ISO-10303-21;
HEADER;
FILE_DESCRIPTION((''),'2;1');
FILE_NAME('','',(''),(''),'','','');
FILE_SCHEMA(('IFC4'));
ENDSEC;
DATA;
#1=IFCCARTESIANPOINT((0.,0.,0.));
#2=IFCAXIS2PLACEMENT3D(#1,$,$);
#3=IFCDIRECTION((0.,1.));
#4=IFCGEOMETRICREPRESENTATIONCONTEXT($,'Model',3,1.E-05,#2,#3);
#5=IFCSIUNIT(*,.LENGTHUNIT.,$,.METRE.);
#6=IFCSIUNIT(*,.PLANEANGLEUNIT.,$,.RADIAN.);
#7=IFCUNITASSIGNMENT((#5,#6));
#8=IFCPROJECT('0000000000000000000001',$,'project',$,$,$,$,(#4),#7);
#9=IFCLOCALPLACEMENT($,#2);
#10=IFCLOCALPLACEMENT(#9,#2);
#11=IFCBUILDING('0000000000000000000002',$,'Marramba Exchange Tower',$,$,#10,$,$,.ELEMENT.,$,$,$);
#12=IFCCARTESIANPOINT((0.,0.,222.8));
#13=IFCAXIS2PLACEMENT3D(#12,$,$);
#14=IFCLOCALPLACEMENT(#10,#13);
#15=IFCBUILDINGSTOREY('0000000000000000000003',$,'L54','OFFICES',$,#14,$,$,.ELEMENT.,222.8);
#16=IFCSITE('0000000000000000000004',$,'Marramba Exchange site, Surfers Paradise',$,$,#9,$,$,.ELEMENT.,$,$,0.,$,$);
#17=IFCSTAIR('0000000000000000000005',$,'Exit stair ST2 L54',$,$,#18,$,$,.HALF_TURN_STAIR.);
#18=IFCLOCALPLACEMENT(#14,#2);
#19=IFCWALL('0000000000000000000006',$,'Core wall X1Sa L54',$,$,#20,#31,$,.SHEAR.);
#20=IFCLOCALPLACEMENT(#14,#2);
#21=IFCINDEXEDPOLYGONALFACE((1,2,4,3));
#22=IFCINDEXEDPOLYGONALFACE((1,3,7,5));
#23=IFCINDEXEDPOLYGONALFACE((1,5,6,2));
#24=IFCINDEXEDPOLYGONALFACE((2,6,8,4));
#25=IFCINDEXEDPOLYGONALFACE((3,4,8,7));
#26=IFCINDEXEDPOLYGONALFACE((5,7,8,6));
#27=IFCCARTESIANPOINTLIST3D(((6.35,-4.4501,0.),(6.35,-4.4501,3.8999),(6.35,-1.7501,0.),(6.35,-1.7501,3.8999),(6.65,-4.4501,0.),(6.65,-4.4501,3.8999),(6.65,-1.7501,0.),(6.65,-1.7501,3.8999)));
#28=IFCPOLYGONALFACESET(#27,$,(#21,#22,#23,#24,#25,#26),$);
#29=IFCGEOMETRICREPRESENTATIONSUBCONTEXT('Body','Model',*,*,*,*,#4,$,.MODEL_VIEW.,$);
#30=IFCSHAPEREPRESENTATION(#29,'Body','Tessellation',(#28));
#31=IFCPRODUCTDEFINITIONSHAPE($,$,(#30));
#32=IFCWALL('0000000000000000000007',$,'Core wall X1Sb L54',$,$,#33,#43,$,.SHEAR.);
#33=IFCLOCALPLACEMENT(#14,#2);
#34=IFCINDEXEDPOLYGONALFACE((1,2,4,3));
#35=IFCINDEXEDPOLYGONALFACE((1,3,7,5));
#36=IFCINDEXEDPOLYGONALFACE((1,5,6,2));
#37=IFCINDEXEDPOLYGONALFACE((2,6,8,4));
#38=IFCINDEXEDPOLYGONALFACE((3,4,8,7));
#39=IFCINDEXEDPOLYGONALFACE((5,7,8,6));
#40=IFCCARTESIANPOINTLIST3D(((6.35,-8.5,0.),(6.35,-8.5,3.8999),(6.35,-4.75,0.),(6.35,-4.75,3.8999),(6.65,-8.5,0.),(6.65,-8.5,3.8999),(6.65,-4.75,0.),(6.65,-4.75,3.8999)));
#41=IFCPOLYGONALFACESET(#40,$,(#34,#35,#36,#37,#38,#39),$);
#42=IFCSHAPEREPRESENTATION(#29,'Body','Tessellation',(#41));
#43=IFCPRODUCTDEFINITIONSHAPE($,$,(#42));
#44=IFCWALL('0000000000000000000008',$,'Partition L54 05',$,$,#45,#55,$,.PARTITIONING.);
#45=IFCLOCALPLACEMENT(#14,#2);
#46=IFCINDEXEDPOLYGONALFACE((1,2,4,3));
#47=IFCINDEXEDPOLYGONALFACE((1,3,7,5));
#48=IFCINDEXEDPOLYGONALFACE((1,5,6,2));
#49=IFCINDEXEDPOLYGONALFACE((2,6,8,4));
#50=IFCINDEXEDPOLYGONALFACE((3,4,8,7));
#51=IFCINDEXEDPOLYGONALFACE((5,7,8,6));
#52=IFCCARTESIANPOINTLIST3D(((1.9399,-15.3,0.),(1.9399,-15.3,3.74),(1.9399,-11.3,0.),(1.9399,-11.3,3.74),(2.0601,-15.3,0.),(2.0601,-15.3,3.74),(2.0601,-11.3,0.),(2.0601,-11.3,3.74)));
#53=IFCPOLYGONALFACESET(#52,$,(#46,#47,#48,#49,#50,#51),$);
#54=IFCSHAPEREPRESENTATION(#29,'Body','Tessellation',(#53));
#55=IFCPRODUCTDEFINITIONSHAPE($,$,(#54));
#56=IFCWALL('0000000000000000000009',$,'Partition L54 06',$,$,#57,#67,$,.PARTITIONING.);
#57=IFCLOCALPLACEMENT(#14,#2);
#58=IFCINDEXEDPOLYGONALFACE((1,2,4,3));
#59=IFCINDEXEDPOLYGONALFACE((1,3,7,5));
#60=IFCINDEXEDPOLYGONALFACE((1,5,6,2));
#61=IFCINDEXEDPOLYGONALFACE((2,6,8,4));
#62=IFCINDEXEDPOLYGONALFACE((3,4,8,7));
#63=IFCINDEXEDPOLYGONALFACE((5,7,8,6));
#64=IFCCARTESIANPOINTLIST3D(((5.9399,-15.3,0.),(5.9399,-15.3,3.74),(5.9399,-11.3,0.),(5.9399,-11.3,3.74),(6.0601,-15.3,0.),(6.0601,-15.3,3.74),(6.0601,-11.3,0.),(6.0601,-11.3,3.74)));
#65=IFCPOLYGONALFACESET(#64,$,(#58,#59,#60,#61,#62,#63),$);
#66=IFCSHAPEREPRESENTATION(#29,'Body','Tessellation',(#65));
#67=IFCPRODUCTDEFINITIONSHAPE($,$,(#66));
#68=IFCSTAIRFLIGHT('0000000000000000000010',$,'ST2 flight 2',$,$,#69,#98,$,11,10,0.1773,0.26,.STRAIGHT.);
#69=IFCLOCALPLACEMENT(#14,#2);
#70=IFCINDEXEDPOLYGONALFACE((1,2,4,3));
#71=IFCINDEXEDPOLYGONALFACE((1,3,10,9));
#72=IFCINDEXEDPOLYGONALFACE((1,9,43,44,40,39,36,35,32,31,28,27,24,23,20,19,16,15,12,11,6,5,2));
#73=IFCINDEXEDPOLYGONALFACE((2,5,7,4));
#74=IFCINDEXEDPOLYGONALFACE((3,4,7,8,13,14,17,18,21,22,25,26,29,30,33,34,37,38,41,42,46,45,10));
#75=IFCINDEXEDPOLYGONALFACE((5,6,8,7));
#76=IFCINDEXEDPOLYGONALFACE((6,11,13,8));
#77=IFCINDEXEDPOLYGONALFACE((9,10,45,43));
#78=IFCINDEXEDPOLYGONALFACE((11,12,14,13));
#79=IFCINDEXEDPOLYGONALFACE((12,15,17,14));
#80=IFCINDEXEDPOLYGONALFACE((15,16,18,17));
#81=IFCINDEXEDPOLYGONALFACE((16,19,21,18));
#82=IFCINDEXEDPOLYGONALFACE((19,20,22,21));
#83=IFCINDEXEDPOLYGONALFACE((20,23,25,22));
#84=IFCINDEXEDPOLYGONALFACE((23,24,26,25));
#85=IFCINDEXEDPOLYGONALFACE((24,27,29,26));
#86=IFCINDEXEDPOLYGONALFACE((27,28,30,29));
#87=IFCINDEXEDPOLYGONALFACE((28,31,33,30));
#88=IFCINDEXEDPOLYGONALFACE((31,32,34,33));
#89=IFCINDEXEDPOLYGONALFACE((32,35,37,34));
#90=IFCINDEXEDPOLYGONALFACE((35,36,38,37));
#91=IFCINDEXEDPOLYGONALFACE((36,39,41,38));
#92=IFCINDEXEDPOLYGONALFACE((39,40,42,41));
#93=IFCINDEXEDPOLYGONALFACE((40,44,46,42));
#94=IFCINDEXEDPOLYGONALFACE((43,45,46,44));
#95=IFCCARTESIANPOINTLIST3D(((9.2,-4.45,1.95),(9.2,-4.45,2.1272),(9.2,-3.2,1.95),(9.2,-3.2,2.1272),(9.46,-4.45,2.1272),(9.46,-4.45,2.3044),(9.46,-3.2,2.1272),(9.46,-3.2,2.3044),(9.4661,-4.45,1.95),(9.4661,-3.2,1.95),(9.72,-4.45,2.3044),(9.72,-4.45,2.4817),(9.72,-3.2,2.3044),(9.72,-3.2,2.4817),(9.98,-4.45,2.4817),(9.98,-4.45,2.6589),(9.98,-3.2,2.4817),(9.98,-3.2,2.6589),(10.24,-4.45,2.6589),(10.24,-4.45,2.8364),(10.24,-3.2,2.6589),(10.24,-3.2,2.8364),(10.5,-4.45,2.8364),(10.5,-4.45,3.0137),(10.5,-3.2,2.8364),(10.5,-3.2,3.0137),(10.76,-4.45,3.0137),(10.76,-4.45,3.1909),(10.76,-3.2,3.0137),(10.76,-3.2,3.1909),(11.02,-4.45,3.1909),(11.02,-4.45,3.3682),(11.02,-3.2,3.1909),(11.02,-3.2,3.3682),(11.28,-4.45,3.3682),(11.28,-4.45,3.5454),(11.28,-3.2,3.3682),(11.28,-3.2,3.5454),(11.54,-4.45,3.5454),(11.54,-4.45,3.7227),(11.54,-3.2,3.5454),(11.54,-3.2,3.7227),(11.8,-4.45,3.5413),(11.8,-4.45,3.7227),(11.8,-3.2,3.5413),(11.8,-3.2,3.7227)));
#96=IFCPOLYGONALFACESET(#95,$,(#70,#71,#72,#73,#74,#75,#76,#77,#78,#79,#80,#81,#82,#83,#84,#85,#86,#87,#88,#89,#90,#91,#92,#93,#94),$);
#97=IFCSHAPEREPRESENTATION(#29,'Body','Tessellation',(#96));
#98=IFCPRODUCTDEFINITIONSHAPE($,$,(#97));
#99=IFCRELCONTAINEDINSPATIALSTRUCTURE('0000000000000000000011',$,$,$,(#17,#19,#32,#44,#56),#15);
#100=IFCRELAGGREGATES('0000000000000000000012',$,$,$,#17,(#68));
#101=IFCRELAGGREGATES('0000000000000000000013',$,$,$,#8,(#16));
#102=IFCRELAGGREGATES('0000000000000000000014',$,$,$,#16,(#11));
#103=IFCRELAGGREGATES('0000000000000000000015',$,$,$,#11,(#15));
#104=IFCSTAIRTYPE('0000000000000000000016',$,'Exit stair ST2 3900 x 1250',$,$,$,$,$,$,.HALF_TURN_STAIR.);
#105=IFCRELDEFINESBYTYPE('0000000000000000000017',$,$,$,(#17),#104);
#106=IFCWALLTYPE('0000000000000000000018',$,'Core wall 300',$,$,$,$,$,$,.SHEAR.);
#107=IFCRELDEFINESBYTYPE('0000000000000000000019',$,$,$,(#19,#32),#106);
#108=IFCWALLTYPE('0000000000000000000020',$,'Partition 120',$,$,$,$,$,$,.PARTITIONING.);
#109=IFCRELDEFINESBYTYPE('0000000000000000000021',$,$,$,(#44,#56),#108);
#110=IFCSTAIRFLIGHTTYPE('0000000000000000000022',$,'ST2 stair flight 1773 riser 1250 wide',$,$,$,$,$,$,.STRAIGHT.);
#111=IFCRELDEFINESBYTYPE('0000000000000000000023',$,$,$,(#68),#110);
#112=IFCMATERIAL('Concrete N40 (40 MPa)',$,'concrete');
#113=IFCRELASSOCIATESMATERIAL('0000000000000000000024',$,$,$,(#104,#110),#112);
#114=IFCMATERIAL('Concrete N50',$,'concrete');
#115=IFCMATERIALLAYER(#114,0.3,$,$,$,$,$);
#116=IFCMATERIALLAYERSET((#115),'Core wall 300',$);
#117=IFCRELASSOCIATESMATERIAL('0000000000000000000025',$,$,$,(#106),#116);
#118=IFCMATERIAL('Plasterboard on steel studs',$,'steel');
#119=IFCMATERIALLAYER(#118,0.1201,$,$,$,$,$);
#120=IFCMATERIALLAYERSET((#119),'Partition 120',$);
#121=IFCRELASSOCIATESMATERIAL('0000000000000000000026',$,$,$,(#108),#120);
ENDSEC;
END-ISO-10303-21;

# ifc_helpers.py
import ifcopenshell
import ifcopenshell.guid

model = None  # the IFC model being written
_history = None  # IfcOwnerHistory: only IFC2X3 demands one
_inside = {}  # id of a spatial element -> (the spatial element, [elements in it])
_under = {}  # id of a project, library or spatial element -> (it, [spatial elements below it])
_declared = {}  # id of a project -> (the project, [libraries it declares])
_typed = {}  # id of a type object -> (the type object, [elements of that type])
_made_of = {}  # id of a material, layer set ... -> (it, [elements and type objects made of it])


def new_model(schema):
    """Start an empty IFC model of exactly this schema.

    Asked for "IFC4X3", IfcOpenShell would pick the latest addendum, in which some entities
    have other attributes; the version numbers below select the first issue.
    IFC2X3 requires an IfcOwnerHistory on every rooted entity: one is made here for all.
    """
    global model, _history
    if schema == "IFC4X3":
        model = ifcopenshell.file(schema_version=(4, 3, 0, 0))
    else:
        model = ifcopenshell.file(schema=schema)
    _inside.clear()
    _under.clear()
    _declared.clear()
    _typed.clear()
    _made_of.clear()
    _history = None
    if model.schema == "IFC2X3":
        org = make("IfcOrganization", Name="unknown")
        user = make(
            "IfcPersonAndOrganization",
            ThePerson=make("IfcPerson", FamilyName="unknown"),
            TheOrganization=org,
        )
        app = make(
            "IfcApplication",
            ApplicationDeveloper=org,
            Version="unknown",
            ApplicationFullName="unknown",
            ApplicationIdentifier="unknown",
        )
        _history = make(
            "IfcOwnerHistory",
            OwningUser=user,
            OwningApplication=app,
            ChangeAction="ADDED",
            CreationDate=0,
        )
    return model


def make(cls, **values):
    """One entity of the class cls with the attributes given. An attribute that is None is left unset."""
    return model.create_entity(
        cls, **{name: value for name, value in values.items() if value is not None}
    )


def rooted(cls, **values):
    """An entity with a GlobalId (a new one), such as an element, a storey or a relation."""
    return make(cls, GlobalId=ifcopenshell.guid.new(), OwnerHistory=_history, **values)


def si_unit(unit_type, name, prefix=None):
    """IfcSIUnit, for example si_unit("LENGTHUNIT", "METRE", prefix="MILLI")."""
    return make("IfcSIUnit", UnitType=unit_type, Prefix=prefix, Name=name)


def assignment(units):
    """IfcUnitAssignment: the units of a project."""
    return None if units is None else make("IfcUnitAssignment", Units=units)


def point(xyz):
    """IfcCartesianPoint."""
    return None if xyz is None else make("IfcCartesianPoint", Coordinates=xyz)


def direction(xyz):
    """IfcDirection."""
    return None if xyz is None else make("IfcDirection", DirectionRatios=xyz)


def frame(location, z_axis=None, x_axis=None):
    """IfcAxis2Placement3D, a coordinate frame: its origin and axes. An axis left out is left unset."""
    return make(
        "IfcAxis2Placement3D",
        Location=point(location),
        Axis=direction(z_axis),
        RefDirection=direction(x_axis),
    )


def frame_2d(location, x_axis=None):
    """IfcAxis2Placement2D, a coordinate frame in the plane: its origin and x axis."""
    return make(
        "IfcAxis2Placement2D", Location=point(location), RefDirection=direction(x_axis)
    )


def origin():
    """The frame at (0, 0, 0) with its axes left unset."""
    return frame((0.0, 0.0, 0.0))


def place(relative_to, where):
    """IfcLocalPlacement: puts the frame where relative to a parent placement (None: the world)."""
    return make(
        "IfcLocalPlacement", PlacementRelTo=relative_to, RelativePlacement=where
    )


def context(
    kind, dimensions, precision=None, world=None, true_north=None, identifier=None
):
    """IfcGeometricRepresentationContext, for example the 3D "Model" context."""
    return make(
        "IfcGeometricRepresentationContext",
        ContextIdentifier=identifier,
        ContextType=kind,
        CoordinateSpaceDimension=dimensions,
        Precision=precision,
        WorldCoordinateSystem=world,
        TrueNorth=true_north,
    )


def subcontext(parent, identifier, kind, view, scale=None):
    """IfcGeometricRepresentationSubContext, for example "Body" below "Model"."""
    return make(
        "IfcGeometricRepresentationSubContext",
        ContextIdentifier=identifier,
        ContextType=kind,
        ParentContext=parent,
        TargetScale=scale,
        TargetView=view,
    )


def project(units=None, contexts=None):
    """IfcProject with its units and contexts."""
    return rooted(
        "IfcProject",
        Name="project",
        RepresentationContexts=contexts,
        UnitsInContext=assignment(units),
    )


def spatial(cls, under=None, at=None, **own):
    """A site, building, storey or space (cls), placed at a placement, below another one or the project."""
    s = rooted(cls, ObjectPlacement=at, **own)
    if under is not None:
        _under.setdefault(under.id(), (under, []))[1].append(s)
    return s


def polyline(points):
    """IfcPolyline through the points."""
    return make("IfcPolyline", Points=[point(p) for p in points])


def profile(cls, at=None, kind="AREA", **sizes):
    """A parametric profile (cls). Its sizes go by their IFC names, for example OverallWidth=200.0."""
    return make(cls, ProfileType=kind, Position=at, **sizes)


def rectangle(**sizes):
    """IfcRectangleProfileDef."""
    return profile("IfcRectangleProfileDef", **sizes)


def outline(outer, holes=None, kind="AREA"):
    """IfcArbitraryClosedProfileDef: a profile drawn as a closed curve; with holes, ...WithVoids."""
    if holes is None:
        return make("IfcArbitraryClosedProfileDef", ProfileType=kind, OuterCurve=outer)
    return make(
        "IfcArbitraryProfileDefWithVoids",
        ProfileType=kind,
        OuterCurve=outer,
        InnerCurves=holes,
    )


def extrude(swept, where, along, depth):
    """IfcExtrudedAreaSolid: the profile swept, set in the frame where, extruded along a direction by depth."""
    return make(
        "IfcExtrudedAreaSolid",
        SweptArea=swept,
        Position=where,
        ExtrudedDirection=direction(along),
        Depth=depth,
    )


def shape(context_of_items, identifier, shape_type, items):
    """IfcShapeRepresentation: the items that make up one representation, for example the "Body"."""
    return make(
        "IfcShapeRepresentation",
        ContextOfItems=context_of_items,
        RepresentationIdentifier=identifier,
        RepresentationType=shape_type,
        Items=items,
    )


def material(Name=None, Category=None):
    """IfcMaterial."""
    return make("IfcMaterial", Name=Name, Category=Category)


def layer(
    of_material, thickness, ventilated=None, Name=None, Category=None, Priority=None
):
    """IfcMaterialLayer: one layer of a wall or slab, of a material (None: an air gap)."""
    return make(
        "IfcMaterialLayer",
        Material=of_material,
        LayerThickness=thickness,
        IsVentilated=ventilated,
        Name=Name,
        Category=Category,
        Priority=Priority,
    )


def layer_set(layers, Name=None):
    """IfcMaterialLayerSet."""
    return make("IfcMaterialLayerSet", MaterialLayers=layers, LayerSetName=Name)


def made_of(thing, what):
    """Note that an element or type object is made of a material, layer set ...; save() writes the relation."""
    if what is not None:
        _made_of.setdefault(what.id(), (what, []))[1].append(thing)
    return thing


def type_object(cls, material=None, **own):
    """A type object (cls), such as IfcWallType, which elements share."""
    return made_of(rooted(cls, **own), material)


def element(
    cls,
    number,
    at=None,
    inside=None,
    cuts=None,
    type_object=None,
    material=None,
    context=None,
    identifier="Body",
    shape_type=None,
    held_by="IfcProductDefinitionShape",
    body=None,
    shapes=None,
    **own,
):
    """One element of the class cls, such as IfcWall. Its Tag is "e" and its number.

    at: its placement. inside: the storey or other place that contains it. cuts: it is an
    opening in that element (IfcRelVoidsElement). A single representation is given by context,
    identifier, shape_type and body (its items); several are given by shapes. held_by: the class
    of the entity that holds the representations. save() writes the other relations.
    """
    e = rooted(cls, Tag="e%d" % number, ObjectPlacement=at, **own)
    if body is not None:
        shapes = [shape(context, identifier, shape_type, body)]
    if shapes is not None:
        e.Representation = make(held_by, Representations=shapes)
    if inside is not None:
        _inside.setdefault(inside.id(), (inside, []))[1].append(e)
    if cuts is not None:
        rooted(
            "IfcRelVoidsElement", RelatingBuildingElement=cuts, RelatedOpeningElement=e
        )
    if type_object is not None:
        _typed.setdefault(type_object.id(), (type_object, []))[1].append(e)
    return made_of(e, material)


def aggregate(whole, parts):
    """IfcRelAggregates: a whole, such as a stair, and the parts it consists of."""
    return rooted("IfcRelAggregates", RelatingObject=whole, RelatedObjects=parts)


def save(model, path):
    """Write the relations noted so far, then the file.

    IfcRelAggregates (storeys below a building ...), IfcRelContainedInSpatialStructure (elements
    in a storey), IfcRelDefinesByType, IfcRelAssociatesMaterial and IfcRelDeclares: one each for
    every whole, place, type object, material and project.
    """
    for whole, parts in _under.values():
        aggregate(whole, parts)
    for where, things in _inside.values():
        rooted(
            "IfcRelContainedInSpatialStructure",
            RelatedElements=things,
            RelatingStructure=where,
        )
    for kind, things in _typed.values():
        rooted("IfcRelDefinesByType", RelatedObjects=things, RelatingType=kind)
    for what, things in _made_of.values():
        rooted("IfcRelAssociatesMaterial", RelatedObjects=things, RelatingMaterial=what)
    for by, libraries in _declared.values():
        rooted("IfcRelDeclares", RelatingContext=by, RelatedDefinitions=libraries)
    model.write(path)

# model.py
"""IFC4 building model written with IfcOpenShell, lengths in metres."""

from ifc_helpers import new_model, si_unit, direction, frame, frame_2d, origin, place, context, subcontext, project, spatial, polyline, rectangle, outline, extrude, material, layer, layer_set, type_object, element, aggregate, save


model = new_model("IFC4")

# Units and contexts
model_context = context("Model", 3, precision=1e-05, world=origin(), true_north=direction((0.0, 1.0)))
body_context = subcontext(model_context, "Body", "Model", "MODEL_VIEW")
ifc_project = project(units=[si_unit("LENGTHUNIT", "METRE"), si_unit("PLANEANGLEUNIT", "RADIAN")], contexts=[model_context])

# Site, building, storey
site_placement = place(None, origin())
site = spatial("IfcSite", under=ifc_project, at=site_placement, Name="Marramba Exchange site, Surfers Paradise", CompositionType="ELEMENT", RefElevation=0.0)
building_placement = place(site_placement, origin())
building = spatial("IfcBuilding", under=site, at=building_placement, Name="Marramba Exchange Tower", CompositionType="ELEMENT")
storey_placement = place(building_placement, frame((0.0, 0.0, 222.8)))
storey = spatial("IfcBuildingStorey", under=building, at=storey_placement, Name="L54", Description="OFFICES", CompositionType="ELEMENT", Elevation=222.8)

# Stair
ifc_material_1 = material(Name="Concrete N40 (40 MPa)", Category="concrete")
stair_type_1 = type_object("IfcStairType", Name="Exit stair ST2 3900 x 1250", PredefinedType="HALF_TURN_STAIR", material=ifc_material_1)
stair_1_placement = place(storey_placement, origin())
stair_1 = element("IfcStair", 1, at=stair_1_placement, inside=storey, type_object=stair_type_1, Name="Exit stair ST2 L54", PredefinedType="HALF_TURN_STAIR")

# Walls
ifc_material_2 = material(Name="Concrete N50", Category="concrete")
ifc_layer_1 = layer(ifc_material_2, 0.3)
ifc_layer_set_1 = layer_set([ifc_layer_1], Name="Core wall 300")
wall_type_1 = type_object("IfcWallType", Name="Core wall 300", PredefinedType="SHEAR", material=ifc_layer_set_1)
wall_1_placement = place(storey_placement, frame((6.5, -1.75, 0.0), z_axis=(0.0, 0.0, 1.0), x_axis=(0.0, -1.0, 0.0)))
element("IfcWall", 2, at=wall_1_placement, inside=storey, type_object=wall_type_1, Name="Core wall X1Sa L54", PredefinedType="SHEAR", context=body_context, shape_type="SweptSolid", body=[
    extrude(rectangle(XDim=2.7, YDim=0.3, at=frame_2d((1.3501, 0.0))), origin(), (0.0, 0.0, 1.0), 3.8999),
])
wall_2_placement = place(storey_placement, frame((6.5, -4.75, 0.0), z_axis=(0.0, 0.0, 1.0), x_axis=(0.0, -1.0, 0.0)))
element("IfcWall", 3, at=wall_2_placement, inside=storey, type_object=wall_type_1, Name="Core wall X1Sb L54", PredefinedType="SHEAR", context=body_context, shape_type="SweptSolid", body=[
    extrude(rectangle(XDim=3.75, YDim=0.3, at=frame_2d((1.875, 0.0))), origin(), (0.0, 0.0, 1.0), 3.8999),
])
ifc_material_3 = material(Name="Plasterboard on steel studs", Category="steel")
ifc_layer_2 = layer(ifc_material_3, 0.1201)
ifc_layer_set_2 = layer_set([ifc_layer_2], Name="Partition 120")
wall_type_2 = type_object("IfcWallType", Name="Partition 120", PredefinedType="PARTITIONING", material=ifc_layer_set_2)
for number, where, z_axis, x_axis, name in (
    (4, (2.0, -11.3, 0.0), (0.0, 0.0, 1.0), (0.0, -1.0, 0.0), "Partition L54 05"),
    (5, (6.0, -11.3, 0.0), (0.0, 0.0, 1.0), (0.0, -1.0, 0.0), "Partition L54 06"),
):
    element("IfcWall", number, at=place(storey_placement, frame(where, z_axis=z_axis, x_axis=x_axis)), inside=storey, type_object=wall_type_2, Name=name, PredefinedType="PARTITIONING", context=body_context, shape_type="SweptSolid", body=[
        extrude(rectangle(XDim=4.0, YDim=0.1201, at=frame_2d((2.0, 0.0))), origin(), (0.0, 0.0, 1.0), 3.74),
    ])

# Stair flight
stair_flight_type = type_object("IfcStairFlightType", Name="ST2 stair flight 1773 riser 1250 wide", PredefinedType="STRAIGHT", material=ifc_material_1)
stair_flight_placement = place(storey_placement, frame((9.2, -3.825, 1.95), z_axis=(0.0, 0.0, 1.0), x_axis=(1.0, 0.0, 0.0)))
stair_flight = element("IfcStairFlight", 6, at=stair_flight_placement, type_object=stair_flight_type, Name="ST2 flight 2", NumberOfRisers=11, NumberOfTreads=10, PredefinedType="STRAIGHT", RiserHeight=0.1773, TreadLength=0.26, context=body_context, shape_type="SweptSolid", body=[
    extrude(outline(polyline([(0.0, 0.0), (0.0, 0.1772), (0.26, 0.1772), (0.26, 0.3545), (0.52, 0.3545), (0.52, 0.5317), (0.78, 0.5317), (0.78, 0.709), (1.04, 0.709), (1.04, 0.8865), (1.3, 0.8865), (1.3, 1.0637), (1.5601, 1.0637), (1.5601, 1.241), (1.8201, 1.241), (1.8201, 1.4182), (2.0801, 1.4182), (2.0801, 1.5955), (2.3401, 1.5955), (2.3401, 1.7727), (2.6001, 1.7727), (2.6001, 1.95), (2.6001, 1.5913), (0.2661, 0.0), (0.0, 0.0)])), frame((0.0, 0.625, 0.0), z_axis=(0.0, -1.0, 0.0), x_axis=(1.0, 0.0, 0.0)), (0.0, 0.0, 1.0), 1.25),
])
aggregate(stair_1, [stair_flight])

save(model, "model.ifc")
